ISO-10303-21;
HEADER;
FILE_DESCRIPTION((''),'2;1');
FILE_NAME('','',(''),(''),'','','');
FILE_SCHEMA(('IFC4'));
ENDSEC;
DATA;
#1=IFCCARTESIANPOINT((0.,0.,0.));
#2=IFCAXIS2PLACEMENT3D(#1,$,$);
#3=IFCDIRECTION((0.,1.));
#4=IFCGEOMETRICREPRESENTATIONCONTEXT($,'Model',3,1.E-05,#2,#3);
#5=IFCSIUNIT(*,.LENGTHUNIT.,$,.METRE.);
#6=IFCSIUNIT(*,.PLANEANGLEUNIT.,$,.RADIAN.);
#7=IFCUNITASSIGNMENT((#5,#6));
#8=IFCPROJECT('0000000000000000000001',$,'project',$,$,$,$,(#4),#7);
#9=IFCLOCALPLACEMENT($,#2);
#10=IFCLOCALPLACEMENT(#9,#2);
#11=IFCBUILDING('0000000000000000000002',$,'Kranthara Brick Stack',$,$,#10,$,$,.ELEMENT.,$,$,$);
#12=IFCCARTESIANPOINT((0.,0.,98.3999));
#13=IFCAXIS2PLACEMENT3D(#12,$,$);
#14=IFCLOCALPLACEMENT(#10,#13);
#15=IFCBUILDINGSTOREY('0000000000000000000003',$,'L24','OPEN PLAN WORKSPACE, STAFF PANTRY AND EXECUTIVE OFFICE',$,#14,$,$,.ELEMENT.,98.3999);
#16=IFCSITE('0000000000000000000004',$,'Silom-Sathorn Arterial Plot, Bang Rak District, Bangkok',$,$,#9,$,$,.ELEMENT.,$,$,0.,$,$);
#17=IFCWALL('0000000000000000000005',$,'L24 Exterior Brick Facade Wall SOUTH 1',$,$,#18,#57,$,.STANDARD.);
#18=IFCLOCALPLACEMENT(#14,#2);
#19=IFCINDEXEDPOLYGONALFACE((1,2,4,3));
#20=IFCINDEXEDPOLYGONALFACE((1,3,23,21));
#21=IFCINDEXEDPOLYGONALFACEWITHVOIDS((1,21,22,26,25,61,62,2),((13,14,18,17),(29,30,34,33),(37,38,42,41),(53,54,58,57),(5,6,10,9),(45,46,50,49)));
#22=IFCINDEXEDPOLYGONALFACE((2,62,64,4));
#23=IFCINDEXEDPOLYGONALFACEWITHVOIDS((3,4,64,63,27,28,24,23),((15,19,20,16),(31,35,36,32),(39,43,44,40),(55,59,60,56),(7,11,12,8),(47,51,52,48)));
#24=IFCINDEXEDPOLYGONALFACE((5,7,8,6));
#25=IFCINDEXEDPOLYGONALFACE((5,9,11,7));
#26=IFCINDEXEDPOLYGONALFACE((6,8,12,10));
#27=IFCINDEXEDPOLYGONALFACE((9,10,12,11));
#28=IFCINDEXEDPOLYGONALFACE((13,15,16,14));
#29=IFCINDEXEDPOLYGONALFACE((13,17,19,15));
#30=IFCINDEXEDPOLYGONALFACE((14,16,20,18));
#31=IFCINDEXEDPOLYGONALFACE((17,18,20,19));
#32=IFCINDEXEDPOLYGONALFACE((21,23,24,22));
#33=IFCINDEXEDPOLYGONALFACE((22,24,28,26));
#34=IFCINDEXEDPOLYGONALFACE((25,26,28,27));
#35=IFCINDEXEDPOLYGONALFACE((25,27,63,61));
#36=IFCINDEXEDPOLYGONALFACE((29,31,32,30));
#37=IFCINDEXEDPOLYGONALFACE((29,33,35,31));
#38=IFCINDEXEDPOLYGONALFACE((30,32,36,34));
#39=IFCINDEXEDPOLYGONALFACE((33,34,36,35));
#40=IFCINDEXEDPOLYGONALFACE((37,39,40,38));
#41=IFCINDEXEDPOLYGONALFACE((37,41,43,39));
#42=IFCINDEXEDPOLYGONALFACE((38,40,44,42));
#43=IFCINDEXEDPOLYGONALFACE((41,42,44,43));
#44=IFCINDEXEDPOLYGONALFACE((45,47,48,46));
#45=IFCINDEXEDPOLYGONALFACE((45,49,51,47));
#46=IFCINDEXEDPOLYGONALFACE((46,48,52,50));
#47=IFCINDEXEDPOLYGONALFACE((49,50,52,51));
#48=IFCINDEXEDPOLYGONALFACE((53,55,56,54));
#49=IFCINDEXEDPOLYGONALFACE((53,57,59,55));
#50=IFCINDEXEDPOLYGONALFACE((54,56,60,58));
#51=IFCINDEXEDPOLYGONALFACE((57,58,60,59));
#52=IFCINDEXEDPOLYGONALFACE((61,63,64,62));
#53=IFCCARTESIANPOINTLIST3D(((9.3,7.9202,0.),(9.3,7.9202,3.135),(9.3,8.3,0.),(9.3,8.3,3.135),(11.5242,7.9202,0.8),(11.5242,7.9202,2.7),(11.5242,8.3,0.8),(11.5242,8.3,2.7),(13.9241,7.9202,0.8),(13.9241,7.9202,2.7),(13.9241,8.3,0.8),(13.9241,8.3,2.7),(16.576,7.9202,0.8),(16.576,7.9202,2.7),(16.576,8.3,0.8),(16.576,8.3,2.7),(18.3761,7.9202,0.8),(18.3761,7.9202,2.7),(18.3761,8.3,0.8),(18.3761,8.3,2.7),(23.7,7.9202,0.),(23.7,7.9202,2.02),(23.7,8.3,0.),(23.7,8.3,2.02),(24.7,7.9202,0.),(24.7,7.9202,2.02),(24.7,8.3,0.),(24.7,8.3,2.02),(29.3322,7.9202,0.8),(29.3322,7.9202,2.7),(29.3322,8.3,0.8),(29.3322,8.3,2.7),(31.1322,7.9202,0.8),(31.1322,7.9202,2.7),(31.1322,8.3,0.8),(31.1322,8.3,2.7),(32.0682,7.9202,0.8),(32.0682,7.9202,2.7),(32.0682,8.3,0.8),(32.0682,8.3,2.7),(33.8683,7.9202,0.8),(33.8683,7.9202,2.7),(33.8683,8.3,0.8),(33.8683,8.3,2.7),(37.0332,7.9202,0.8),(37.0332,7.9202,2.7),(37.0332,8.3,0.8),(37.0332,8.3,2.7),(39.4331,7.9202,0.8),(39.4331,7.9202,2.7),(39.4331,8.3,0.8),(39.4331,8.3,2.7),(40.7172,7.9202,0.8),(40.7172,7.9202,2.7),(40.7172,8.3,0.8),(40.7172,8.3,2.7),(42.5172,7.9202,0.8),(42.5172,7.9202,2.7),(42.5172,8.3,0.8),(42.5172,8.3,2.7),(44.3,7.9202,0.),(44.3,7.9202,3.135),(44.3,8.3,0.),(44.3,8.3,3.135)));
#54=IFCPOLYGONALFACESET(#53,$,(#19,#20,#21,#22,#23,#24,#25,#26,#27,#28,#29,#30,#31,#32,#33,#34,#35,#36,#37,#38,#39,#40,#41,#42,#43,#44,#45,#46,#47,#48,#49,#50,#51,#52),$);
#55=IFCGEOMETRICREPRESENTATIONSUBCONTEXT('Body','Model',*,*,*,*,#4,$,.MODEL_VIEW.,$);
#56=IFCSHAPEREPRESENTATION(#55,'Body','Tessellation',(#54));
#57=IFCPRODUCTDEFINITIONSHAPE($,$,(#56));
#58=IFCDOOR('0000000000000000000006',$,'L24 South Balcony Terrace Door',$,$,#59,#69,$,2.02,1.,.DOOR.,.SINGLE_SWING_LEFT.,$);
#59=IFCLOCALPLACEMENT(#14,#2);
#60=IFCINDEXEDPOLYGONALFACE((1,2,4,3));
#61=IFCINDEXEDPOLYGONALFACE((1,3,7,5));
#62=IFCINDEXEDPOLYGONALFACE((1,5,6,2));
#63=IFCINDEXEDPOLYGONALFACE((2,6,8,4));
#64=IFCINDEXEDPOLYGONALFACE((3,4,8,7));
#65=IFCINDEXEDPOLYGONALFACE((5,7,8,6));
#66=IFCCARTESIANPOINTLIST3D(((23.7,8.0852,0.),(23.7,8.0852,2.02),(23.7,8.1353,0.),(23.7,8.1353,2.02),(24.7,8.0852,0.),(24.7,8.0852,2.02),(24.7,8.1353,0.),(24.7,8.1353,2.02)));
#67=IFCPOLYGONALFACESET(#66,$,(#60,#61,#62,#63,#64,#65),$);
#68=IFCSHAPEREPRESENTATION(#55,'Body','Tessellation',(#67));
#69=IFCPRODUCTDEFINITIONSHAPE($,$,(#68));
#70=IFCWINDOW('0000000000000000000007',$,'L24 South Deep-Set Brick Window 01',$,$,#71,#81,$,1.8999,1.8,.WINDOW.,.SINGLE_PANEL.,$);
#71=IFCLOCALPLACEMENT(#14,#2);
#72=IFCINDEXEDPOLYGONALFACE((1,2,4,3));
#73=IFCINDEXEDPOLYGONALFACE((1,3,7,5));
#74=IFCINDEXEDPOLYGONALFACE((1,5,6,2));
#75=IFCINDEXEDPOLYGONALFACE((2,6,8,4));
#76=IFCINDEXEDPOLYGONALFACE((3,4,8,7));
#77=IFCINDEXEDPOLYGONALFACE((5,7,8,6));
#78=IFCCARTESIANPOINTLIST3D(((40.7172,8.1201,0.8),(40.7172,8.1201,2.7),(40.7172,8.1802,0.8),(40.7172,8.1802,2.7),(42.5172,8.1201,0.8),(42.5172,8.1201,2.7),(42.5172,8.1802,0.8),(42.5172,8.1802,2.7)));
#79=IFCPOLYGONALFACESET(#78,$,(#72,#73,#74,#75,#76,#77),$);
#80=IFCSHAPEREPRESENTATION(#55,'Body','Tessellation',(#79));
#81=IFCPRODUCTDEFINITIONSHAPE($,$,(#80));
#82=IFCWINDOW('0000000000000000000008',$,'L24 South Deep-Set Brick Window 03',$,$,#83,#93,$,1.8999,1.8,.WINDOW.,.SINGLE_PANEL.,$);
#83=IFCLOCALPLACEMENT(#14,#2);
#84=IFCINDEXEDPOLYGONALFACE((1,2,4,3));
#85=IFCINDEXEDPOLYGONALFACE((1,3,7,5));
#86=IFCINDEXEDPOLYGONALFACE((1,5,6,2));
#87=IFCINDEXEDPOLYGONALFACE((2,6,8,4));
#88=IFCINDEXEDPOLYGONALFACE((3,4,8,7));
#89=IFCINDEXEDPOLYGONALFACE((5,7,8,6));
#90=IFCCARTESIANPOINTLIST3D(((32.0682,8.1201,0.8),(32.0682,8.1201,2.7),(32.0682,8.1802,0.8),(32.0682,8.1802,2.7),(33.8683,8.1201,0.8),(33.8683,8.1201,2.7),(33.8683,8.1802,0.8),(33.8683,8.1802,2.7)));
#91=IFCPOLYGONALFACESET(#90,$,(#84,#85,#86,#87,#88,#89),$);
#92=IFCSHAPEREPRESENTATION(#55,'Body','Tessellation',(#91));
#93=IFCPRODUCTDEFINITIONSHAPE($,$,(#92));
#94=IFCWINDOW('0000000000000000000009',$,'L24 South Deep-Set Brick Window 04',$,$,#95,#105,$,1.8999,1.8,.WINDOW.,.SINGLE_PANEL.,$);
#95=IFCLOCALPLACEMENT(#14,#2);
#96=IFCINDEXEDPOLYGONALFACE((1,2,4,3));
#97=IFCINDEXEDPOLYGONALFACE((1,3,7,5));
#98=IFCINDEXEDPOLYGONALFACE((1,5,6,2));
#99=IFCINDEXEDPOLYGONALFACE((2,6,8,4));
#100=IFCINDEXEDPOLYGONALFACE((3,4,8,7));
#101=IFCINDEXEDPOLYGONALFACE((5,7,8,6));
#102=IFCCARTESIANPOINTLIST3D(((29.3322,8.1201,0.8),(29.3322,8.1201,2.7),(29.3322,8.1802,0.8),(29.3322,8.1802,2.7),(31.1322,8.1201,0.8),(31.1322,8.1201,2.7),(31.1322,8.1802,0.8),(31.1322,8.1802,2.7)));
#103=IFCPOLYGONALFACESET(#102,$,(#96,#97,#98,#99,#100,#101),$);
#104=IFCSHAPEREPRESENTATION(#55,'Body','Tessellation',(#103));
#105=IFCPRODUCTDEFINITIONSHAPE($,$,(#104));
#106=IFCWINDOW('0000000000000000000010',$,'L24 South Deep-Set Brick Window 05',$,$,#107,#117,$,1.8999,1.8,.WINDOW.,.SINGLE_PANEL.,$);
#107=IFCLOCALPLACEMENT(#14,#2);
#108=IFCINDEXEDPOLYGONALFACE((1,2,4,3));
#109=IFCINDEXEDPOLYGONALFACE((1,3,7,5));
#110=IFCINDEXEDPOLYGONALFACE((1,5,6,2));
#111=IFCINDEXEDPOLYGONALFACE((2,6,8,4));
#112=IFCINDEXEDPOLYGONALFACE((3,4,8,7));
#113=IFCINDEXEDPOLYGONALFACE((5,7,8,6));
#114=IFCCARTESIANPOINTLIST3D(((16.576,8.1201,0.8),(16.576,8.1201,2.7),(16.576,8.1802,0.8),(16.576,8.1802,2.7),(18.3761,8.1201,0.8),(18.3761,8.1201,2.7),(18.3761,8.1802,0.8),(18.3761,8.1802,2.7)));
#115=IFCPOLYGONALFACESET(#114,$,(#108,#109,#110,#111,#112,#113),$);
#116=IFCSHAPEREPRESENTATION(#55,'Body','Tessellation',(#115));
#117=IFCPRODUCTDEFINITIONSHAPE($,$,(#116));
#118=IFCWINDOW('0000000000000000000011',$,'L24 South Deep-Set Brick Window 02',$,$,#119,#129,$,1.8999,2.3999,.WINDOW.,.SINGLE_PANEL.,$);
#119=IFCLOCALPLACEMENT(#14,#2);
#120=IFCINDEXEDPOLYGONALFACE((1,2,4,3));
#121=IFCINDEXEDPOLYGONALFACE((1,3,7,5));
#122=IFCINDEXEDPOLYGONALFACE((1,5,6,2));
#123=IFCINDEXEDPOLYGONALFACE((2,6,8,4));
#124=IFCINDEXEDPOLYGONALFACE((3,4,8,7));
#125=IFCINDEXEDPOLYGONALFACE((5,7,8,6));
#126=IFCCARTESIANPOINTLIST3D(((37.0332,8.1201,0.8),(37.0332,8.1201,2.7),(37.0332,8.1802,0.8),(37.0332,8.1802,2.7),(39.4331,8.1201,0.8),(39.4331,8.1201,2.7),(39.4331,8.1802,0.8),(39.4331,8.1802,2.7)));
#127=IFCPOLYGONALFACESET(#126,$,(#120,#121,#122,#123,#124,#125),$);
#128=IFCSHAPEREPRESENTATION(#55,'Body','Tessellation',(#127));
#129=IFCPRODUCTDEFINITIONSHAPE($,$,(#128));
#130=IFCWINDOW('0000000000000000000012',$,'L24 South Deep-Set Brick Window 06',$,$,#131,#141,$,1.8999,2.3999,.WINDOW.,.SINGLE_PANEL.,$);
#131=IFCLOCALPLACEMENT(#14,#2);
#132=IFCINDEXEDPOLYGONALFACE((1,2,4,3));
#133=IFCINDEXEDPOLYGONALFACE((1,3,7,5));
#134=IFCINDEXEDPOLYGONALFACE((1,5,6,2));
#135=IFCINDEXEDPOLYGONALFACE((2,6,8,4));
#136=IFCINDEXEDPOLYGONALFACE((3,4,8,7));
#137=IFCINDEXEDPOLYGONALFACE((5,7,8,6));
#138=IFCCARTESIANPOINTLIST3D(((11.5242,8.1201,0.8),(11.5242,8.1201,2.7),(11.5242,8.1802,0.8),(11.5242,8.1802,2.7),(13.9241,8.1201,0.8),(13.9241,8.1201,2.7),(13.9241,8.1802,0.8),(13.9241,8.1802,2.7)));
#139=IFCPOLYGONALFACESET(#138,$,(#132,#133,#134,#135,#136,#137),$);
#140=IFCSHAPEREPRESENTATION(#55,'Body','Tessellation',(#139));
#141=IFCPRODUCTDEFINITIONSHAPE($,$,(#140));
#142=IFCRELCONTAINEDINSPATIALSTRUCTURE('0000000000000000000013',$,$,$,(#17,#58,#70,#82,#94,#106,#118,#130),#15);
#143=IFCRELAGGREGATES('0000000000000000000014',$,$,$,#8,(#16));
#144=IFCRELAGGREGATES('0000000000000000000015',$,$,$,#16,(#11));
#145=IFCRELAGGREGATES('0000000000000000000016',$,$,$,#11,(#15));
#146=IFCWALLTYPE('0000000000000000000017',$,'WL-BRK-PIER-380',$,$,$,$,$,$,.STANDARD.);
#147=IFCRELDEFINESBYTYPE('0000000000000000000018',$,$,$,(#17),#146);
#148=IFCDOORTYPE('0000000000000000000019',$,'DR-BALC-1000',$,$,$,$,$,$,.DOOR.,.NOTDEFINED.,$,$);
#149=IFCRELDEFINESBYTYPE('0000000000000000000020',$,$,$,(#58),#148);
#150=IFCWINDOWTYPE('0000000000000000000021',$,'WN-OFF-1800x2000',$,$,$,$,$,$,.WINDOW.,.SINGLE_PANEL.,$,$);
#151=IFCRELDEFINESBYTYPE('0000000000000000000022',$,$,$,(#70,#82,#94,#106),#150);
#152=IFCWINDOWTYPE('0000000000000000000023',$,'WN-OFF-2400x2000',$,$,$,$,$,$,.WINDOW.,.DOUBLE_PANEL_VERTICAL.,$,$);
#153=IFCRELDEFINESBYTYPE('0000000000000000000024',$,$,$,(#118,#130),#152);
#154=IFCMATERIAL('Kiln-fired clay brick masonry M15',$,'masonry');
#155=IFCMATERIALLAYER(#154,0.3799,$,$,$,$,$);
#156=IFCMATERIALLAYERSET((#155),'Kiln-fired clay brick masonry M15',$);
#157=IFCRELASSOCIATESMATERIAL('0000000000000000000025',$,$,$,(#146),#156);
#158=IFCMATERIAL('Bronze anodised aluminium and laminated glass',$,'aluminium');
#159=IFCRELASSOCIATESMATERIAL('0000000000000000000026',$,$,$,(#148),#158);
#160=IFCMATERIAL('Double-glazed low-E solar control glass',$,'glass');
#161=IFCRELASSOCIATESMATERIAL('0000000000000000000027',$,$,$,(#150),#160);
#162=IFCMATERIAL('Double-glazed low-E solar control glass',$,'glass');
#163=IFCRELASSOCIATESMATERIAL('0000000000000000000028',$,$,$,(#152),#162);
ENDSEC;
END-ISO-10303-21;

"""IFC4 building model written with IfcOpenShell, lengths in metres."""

from ifc_helpers import new_model, si_unit, direction, frame, frame_2d, origin, place, context, subcontext, project, spatial, rectangle, extrude, material, layer, layer_set, type_object, element, fill, save


model = new_model("IFC4")

# Units and contexts
model_context = context("Model", 3, precision=1e-05, world=origin(), true_north=direction((0.0, 1.0)))
body_context = subcontext(model_context, "Body", "Model", "MODEL_VIEW")
ifc_project = project(units=[si_unit("LENGTHUNIT", "METRE"), si_unit("PLANEANGLEUNIT", "RADIAN")], contexts=[model_context])

# Site, building, storey
site_placement = place(None, origin())
site = spatial("IfcSite", under=ifc_project, at=site_placement, Name="Silom-Sathorn Arterial Plot, Bang Rak District, Bangkok", CompositionType="ELEMENT", RefElevation=0.0)
building_placement = place(site_placement, origin())
building = spatial("IfcBuilding", under=site, at=building_placement, Name="Kranthara Brick Stack", CompositionType="ELEMENT")
storey_placement = place(building_placement, frame((0.0, 0.0, 98.3999)))
storey = spatial("IfcBuildingStorey", under=building, at=storey_placement, Name="L24", Description="OPEN PLAN WORKSPACE, STAFF PANTRY AND EXECUTIVE OFFICE", CompositionType="ELEMENT", Elevation=98.3999)

# Wall, openings, door, windows
ifc_material_1 = material(Name="Kiln-fired clay brick masonry M15", Category="masonry")
ifc_layer_1 = layer(ifc_material_1, 0.3799)
ifc_layer_set_1 = layer_set([ifc_layer_1], Name="Kiln-fired clay brick masonry M15")
wall_type_1 = type_object("IfcWallType", Name="WL-BRK-PIER-380", PredefinedType="STANDARD", material=ifc_layer_set_1)
wall_1_placement = place(storey_placement, frame((44.3, 8.1101, 0.0), z_axis=(0.0, 0.0, 1.0), x_axis=(-1.0, 0.0, 0.0)))
wall_1 = element("IfcWall", 1, at=wall_1_placement, inside=storey, type_object=wall_type_1, Name="L24 Exterior Brick Facade Wall SOUTH 1", PredefinedType="STANDARD", context=body_context, shape_type="SweptSolid", body=[
    extrude(rectangle(XDim=35.0, YDim=0.3799, at=frame_2d((17.5, 0.0))), origin(), (0.0, 0.0, 1.0), 3.135),
])
opening_1_placement = place(wall_1_placement, frame((19.6001, 0.0, 0.0)))
opening_1 = element("IfcOpeningElement", 2, at=opening_1_placement, cuts=wall_1, PredefinedType="OPENING", context=body_context, shape_type="SweptSolid", body=[
    extrude(rectangle(XDim=1.0, YDim=2.02, at=frame_2d((0.5, 1.01))), frame((0.0, 0.2, 0.0), z_axis=(0.0, -1.0, 0.0), x_axis=(1.0, 0.0, 0.0)), (0.0, 0.0, 1.0), 0.3999),
])
opening_2_placement = place(wall_1_placement, frame((1.783, 0.0, 0.8)))
opening_2 = element("IfcOpeningElement", 3, at=opening_2_placement, cuts=wall_1, PredefinedType="OPENING", context=body_context, shape_type="SweptSolid", body=[
    extrude(rectangle(XDim=1.8, YDim=1.8999, at=frame_2d((0.8999, 0.95))), frame((0.0, 0.2, 0.0), z_axis=(0.0, -1.0, 0.0), x_axis=(1.0, 0.0, 0.0)), (0.0, 0.0, 1.0), 0.3999),
])
opening_3_placement = place(wall_1_placement, frame((4.8669, 0.0, 0.8)))
opening_3 = element("IfcOpeningElement", 4, at=opening_3_placement, cuts=wall_1, PredefinedType="OPENING", context=body_context, shape_type="SweptSolid", body=[
    extrude(rectangle(XDim=2.3999, YDim=1.8999, at=frame_2d((1.2, 0.95))), frame((0.0, 0.2, 0.0), z_axis=(0.0, -1.0, 0.0), x_axis=(1.0, 0.0, 0.0)), (0.0, 0.0, 1.0), 0.3999),
])
opening_4_placement = place(wall_1_placement, frame((10.4319, 0.0, 0.8)))
opening_4 = element("IfcOpeningElement", 5, at=opening_4_placement, cuts=wall_1, PredefinedType="OPENING", context=body_context, shape_type="SweptSolid", body=[
    extrude(rectangle(XDim=1.8, YDim=1.8999, at=frame_2d((0.8999, 0.95))), frame((0.0, 0.2, 0.0), z_axis=(0.0, -1.0, 0.0), x_axis=(1.0, 0.0, 0.0)), (0.0, 0.0, 1.0), 0.3999),
])
opening_5_placement = place(wall_1_placement, frame((13.168, 0.0, 0.8)))
opening_5 = element("IfcOpeningElement", 6, at=opening_5_placement, cuts=wall_1, PredefinedType="OPENING", context=body_context, shape_type="SweptSolid", body=[
    extrude(rectangle(XDim=1.8, YDim=1.8999, at=frame_2d((0.8999, 0.95))), frame((0.0, 0.2, 0.0), z_axis=(0.0, -1.0, 0.0), x_axis=(1.0, 0.0, 0.0)), (0.0, 0.0, 1.0), 0.3999),
])
opening_6_placement = place(wall_1_placement, frame((25.9241, 0.0, 0.8)))
opening_6 = element("IfcOpeningElement", 7, at=opening_6_placement, cuts=wall_1, PredefinedType="OPENING", context=body_context, shape_type="SweptSolid", body=[
    extrude(rectangle(XDim=1.8, YDim=1.8999, at=frame_2d((0.8999, 0.95))), frame((0.0, 0.2, 0.0), z_axis=(0.0, -1.0, 0.0), x_axis=(1.0, 0.0, 0.0)), (0.0, 0.0, 1.0), 0.3999),
])
opening_7_placement = place(wall_1_placement, frame((30.376, 0.0, 0.8)))
opening_7 = element("IfcOpeningElement", 8, at=opening_7_placement, cuts=wall_1, PredefinedType="OPENING", context=body_context, shape_type="SweptSolid", body=[
    extrude(rectangle(XDim=2.3999, YDim=1.8999, at=frame_2d((1.2, 0.95))), frame((0.0, 0.2, 0.0), z_axis=(0.0, -1.0, 0.0), x_axis=(1.0, 0.0, 0.0)), (0.0, 0.0, 1.0), 0.3999),
])
ifc_material_2 = material(Name="Bronze anodised aluminium and laminated glass", Category="aluminium")
door_type = type_object("IfcDoorType", Name="DR-BALC-1000", OperationType="NOTDEFINED", PredefinedType="DOOR", material=ifc_material_2)
door_placement = place(opening_1_placement, origin())
door = element("IfcDoor", 9, at=door_placement, inside=storey, type_object=door_type, Name="L24 South Balcony Terrace Door", OperationType="SINGLE_SWING_LEFT", OverallHeight=2.02, OverallWidth=1.0, PredefinedType="DOOR", context=body_context, shape_type="SweptSolid", body=[
    extrude(rectangle(XDim=1.0, YDim=2.02, at=frame_2d((0.5, 1.01))), frame((0.0, 0.0249, 0.0), z_axis=(0.0, -1.0, 0.0), x_axis=(1.0, 0.0, 0.0)), (0.0, 0.0, 1.0), 0.05),
])
fill(opening_1, door)
ifc_material_3 = material(Name="Double-glazed low-E solar control glass", Category="glass")
window_type_1 = type_object("IfcWindowType", Name="WN-OFF-1800x2000", PartitioningType="SINGLE_PANEL", PredefinedType="WINDOW", material=ifc_material_3)
window_1_placement = place(opening_2_placement, origin())
window_1 = element("IfcWindow", 10, at=window_1_placement, inside=storey, type_object=window_type_1, Name="L24 South Deep-Set Brick Window 01", OverallHeight=1.8999, OverallWidth=1.8, PartitioningType="SINGLE_PANEL", PredefinedType="WINDOW", context=body_context, shape_type="SweptSolid", body=[
    extrude(rectangle(XDim=1.8, YDim=1.8999, at=frame_2d((0.8999, 0.95))), frame((0.0, -0.01, 0.0), z_axis=(0.0, -1.0, 0.0), x_axis=(1.0, 0.0, 0.0)), (0.0, 0.0, 1.0), 0.0601),
])
fill(opening_2, window_1)
window_2_placement = place(opening_4_placement, origin())
window_2 = element("IfcWindow", 11, at=window_2_placement, inside=storey, type_object=window_type_1, Name="L24 South Deep-Set Brick Window 03", OverallHeight=1.8999, OverallWidth=1.8, PartitioningType="SINGLE_PANEL", PredefinedType="WINDOW", context=body_context, shape_type="SweptSolid", body=[
    extrude(rectangle(XDim=1.8, YDim=1.8999, at=frame_2d((0.8999, 0.95))), frame((0.0, -0.01, 0.0), z_axis=(0.0, -1.0, 0.0), x_axis=(1.0, 0.0, 0.0)), (0.0, 0.0, 1.0), 0.0601),
])
fill(opening_4, window_2)
window_3_placement = place(opening_5_placement, origin())
window_3 = element("IfcWindow", 12, at=window_3_placement, inside=storey, type_object=window_type_1, Name="L24 South Deep-Set Brick Window 04", OverallHeight=1.8999, OverallWidth=1.8, PartitioningType="SINGLE_PANEL", PredefinedType="WINDOW", context=body_context, shape_type="SweptSolid", body=[
    extrude(rectangle(XDim=1.8, YDim=1.8999, at=frame_2d((0.8999, 0.95))), frame((0.0, -0.01, 0.0), z_axis=(0.0, -1.0, 0.0), x_axis=(1.0, 0.0, 0.0)), (0.0, 0.0, 1.0), 0.0601),
])
fill(opening_5, window_3)
window_4_placement = place(opening_6_placement, origin())
window_4 = element("IfcWindow", 13, at=window_4_placement, inside=storey, type_object=window_type_1, Name="L24 South Deep-Set Brick Window 05", OverallHeight=1.8999, OverallWidth=1.8, PartitioningType="SINGLE_PANEL", PredefinedType="WINDOW", context=body_context, shape_type="SweptSolid", body=[
    extrude(rectangle(XDim=1.8, YDim=1.8999, at=frame_2d((0.8999, 0.95))), frame((0.0, -0.01, 0.0), z_axis=(0.0, -1.0, 0.0), x_axis=(1.0, 0.0, 0.0)), (0.0, 0.0, 1.0), 0.0601),
])
fill(opening_6, window_4)
ifc_material_4 = material(Name="Double-glazed low-E solar control glass", Category="glass")
window_type_2 = type_object("IfcWindowType", Name="WN-OFF-2400x2000", PartitioningType="DOUBLE_PANEL_VERTICAL", PredefinedType="WINDOW", material=ifc_material_4)
window_5_placement = place(opening_3_placement, origin())
window_5 = element("IfcWindow", 14, at=window_5_placement, inside=storey, type_object=window_type_2, Name="L24 South Deep-Set Brick Window 02", OverallHeight=1.8999, OverallWidth=2.3999, PartitioningType="SINGLE_PANEL", PredefinedType="WINDOW", context=body_context, shape_type="SweptSolid", body=[
    extrude(rectangle(XDim=2.3999, YDim=1.8999, at=frame_2d((1.2, 0.95))), frame((0.0, -0.01, 0.0), z_axis=(0.0, -1.0, 0.0), x_axis=(1.0, 0.0, 0.0)), (0.0, 0.0, 1.0), 0.0601),
])
fill(opening_3, window_5)
window_6_placement = place(opening_7_placement, origin())
window_6 = element("IfcWindow", 15, at=window_6_placement, inside=storey, type_object=window_type_2, Name="L24 South Deep-Set Brick Window 06", OverallHeight=1.8999, OverallWidth=2.3999, PartitioningType="SINGLE_PANEL", PredefinedType="WINDOW", context=body_context, shape_type="SweptSolid", body=[
    extrude(rectangle(XDim=2.3999, YDim=1.8999, at=frame_2d((1.2, 0.95))), frame((0.0, -0.01, 0.0), z_axis=(0.0, -1.0, 0.0), x_axis=(1.0, 0.0, 0.0)), (0.0, 0.0, 1.0), 0.0601),
])
fill(opening_7, window_6)

save(model, "model.ifc")
